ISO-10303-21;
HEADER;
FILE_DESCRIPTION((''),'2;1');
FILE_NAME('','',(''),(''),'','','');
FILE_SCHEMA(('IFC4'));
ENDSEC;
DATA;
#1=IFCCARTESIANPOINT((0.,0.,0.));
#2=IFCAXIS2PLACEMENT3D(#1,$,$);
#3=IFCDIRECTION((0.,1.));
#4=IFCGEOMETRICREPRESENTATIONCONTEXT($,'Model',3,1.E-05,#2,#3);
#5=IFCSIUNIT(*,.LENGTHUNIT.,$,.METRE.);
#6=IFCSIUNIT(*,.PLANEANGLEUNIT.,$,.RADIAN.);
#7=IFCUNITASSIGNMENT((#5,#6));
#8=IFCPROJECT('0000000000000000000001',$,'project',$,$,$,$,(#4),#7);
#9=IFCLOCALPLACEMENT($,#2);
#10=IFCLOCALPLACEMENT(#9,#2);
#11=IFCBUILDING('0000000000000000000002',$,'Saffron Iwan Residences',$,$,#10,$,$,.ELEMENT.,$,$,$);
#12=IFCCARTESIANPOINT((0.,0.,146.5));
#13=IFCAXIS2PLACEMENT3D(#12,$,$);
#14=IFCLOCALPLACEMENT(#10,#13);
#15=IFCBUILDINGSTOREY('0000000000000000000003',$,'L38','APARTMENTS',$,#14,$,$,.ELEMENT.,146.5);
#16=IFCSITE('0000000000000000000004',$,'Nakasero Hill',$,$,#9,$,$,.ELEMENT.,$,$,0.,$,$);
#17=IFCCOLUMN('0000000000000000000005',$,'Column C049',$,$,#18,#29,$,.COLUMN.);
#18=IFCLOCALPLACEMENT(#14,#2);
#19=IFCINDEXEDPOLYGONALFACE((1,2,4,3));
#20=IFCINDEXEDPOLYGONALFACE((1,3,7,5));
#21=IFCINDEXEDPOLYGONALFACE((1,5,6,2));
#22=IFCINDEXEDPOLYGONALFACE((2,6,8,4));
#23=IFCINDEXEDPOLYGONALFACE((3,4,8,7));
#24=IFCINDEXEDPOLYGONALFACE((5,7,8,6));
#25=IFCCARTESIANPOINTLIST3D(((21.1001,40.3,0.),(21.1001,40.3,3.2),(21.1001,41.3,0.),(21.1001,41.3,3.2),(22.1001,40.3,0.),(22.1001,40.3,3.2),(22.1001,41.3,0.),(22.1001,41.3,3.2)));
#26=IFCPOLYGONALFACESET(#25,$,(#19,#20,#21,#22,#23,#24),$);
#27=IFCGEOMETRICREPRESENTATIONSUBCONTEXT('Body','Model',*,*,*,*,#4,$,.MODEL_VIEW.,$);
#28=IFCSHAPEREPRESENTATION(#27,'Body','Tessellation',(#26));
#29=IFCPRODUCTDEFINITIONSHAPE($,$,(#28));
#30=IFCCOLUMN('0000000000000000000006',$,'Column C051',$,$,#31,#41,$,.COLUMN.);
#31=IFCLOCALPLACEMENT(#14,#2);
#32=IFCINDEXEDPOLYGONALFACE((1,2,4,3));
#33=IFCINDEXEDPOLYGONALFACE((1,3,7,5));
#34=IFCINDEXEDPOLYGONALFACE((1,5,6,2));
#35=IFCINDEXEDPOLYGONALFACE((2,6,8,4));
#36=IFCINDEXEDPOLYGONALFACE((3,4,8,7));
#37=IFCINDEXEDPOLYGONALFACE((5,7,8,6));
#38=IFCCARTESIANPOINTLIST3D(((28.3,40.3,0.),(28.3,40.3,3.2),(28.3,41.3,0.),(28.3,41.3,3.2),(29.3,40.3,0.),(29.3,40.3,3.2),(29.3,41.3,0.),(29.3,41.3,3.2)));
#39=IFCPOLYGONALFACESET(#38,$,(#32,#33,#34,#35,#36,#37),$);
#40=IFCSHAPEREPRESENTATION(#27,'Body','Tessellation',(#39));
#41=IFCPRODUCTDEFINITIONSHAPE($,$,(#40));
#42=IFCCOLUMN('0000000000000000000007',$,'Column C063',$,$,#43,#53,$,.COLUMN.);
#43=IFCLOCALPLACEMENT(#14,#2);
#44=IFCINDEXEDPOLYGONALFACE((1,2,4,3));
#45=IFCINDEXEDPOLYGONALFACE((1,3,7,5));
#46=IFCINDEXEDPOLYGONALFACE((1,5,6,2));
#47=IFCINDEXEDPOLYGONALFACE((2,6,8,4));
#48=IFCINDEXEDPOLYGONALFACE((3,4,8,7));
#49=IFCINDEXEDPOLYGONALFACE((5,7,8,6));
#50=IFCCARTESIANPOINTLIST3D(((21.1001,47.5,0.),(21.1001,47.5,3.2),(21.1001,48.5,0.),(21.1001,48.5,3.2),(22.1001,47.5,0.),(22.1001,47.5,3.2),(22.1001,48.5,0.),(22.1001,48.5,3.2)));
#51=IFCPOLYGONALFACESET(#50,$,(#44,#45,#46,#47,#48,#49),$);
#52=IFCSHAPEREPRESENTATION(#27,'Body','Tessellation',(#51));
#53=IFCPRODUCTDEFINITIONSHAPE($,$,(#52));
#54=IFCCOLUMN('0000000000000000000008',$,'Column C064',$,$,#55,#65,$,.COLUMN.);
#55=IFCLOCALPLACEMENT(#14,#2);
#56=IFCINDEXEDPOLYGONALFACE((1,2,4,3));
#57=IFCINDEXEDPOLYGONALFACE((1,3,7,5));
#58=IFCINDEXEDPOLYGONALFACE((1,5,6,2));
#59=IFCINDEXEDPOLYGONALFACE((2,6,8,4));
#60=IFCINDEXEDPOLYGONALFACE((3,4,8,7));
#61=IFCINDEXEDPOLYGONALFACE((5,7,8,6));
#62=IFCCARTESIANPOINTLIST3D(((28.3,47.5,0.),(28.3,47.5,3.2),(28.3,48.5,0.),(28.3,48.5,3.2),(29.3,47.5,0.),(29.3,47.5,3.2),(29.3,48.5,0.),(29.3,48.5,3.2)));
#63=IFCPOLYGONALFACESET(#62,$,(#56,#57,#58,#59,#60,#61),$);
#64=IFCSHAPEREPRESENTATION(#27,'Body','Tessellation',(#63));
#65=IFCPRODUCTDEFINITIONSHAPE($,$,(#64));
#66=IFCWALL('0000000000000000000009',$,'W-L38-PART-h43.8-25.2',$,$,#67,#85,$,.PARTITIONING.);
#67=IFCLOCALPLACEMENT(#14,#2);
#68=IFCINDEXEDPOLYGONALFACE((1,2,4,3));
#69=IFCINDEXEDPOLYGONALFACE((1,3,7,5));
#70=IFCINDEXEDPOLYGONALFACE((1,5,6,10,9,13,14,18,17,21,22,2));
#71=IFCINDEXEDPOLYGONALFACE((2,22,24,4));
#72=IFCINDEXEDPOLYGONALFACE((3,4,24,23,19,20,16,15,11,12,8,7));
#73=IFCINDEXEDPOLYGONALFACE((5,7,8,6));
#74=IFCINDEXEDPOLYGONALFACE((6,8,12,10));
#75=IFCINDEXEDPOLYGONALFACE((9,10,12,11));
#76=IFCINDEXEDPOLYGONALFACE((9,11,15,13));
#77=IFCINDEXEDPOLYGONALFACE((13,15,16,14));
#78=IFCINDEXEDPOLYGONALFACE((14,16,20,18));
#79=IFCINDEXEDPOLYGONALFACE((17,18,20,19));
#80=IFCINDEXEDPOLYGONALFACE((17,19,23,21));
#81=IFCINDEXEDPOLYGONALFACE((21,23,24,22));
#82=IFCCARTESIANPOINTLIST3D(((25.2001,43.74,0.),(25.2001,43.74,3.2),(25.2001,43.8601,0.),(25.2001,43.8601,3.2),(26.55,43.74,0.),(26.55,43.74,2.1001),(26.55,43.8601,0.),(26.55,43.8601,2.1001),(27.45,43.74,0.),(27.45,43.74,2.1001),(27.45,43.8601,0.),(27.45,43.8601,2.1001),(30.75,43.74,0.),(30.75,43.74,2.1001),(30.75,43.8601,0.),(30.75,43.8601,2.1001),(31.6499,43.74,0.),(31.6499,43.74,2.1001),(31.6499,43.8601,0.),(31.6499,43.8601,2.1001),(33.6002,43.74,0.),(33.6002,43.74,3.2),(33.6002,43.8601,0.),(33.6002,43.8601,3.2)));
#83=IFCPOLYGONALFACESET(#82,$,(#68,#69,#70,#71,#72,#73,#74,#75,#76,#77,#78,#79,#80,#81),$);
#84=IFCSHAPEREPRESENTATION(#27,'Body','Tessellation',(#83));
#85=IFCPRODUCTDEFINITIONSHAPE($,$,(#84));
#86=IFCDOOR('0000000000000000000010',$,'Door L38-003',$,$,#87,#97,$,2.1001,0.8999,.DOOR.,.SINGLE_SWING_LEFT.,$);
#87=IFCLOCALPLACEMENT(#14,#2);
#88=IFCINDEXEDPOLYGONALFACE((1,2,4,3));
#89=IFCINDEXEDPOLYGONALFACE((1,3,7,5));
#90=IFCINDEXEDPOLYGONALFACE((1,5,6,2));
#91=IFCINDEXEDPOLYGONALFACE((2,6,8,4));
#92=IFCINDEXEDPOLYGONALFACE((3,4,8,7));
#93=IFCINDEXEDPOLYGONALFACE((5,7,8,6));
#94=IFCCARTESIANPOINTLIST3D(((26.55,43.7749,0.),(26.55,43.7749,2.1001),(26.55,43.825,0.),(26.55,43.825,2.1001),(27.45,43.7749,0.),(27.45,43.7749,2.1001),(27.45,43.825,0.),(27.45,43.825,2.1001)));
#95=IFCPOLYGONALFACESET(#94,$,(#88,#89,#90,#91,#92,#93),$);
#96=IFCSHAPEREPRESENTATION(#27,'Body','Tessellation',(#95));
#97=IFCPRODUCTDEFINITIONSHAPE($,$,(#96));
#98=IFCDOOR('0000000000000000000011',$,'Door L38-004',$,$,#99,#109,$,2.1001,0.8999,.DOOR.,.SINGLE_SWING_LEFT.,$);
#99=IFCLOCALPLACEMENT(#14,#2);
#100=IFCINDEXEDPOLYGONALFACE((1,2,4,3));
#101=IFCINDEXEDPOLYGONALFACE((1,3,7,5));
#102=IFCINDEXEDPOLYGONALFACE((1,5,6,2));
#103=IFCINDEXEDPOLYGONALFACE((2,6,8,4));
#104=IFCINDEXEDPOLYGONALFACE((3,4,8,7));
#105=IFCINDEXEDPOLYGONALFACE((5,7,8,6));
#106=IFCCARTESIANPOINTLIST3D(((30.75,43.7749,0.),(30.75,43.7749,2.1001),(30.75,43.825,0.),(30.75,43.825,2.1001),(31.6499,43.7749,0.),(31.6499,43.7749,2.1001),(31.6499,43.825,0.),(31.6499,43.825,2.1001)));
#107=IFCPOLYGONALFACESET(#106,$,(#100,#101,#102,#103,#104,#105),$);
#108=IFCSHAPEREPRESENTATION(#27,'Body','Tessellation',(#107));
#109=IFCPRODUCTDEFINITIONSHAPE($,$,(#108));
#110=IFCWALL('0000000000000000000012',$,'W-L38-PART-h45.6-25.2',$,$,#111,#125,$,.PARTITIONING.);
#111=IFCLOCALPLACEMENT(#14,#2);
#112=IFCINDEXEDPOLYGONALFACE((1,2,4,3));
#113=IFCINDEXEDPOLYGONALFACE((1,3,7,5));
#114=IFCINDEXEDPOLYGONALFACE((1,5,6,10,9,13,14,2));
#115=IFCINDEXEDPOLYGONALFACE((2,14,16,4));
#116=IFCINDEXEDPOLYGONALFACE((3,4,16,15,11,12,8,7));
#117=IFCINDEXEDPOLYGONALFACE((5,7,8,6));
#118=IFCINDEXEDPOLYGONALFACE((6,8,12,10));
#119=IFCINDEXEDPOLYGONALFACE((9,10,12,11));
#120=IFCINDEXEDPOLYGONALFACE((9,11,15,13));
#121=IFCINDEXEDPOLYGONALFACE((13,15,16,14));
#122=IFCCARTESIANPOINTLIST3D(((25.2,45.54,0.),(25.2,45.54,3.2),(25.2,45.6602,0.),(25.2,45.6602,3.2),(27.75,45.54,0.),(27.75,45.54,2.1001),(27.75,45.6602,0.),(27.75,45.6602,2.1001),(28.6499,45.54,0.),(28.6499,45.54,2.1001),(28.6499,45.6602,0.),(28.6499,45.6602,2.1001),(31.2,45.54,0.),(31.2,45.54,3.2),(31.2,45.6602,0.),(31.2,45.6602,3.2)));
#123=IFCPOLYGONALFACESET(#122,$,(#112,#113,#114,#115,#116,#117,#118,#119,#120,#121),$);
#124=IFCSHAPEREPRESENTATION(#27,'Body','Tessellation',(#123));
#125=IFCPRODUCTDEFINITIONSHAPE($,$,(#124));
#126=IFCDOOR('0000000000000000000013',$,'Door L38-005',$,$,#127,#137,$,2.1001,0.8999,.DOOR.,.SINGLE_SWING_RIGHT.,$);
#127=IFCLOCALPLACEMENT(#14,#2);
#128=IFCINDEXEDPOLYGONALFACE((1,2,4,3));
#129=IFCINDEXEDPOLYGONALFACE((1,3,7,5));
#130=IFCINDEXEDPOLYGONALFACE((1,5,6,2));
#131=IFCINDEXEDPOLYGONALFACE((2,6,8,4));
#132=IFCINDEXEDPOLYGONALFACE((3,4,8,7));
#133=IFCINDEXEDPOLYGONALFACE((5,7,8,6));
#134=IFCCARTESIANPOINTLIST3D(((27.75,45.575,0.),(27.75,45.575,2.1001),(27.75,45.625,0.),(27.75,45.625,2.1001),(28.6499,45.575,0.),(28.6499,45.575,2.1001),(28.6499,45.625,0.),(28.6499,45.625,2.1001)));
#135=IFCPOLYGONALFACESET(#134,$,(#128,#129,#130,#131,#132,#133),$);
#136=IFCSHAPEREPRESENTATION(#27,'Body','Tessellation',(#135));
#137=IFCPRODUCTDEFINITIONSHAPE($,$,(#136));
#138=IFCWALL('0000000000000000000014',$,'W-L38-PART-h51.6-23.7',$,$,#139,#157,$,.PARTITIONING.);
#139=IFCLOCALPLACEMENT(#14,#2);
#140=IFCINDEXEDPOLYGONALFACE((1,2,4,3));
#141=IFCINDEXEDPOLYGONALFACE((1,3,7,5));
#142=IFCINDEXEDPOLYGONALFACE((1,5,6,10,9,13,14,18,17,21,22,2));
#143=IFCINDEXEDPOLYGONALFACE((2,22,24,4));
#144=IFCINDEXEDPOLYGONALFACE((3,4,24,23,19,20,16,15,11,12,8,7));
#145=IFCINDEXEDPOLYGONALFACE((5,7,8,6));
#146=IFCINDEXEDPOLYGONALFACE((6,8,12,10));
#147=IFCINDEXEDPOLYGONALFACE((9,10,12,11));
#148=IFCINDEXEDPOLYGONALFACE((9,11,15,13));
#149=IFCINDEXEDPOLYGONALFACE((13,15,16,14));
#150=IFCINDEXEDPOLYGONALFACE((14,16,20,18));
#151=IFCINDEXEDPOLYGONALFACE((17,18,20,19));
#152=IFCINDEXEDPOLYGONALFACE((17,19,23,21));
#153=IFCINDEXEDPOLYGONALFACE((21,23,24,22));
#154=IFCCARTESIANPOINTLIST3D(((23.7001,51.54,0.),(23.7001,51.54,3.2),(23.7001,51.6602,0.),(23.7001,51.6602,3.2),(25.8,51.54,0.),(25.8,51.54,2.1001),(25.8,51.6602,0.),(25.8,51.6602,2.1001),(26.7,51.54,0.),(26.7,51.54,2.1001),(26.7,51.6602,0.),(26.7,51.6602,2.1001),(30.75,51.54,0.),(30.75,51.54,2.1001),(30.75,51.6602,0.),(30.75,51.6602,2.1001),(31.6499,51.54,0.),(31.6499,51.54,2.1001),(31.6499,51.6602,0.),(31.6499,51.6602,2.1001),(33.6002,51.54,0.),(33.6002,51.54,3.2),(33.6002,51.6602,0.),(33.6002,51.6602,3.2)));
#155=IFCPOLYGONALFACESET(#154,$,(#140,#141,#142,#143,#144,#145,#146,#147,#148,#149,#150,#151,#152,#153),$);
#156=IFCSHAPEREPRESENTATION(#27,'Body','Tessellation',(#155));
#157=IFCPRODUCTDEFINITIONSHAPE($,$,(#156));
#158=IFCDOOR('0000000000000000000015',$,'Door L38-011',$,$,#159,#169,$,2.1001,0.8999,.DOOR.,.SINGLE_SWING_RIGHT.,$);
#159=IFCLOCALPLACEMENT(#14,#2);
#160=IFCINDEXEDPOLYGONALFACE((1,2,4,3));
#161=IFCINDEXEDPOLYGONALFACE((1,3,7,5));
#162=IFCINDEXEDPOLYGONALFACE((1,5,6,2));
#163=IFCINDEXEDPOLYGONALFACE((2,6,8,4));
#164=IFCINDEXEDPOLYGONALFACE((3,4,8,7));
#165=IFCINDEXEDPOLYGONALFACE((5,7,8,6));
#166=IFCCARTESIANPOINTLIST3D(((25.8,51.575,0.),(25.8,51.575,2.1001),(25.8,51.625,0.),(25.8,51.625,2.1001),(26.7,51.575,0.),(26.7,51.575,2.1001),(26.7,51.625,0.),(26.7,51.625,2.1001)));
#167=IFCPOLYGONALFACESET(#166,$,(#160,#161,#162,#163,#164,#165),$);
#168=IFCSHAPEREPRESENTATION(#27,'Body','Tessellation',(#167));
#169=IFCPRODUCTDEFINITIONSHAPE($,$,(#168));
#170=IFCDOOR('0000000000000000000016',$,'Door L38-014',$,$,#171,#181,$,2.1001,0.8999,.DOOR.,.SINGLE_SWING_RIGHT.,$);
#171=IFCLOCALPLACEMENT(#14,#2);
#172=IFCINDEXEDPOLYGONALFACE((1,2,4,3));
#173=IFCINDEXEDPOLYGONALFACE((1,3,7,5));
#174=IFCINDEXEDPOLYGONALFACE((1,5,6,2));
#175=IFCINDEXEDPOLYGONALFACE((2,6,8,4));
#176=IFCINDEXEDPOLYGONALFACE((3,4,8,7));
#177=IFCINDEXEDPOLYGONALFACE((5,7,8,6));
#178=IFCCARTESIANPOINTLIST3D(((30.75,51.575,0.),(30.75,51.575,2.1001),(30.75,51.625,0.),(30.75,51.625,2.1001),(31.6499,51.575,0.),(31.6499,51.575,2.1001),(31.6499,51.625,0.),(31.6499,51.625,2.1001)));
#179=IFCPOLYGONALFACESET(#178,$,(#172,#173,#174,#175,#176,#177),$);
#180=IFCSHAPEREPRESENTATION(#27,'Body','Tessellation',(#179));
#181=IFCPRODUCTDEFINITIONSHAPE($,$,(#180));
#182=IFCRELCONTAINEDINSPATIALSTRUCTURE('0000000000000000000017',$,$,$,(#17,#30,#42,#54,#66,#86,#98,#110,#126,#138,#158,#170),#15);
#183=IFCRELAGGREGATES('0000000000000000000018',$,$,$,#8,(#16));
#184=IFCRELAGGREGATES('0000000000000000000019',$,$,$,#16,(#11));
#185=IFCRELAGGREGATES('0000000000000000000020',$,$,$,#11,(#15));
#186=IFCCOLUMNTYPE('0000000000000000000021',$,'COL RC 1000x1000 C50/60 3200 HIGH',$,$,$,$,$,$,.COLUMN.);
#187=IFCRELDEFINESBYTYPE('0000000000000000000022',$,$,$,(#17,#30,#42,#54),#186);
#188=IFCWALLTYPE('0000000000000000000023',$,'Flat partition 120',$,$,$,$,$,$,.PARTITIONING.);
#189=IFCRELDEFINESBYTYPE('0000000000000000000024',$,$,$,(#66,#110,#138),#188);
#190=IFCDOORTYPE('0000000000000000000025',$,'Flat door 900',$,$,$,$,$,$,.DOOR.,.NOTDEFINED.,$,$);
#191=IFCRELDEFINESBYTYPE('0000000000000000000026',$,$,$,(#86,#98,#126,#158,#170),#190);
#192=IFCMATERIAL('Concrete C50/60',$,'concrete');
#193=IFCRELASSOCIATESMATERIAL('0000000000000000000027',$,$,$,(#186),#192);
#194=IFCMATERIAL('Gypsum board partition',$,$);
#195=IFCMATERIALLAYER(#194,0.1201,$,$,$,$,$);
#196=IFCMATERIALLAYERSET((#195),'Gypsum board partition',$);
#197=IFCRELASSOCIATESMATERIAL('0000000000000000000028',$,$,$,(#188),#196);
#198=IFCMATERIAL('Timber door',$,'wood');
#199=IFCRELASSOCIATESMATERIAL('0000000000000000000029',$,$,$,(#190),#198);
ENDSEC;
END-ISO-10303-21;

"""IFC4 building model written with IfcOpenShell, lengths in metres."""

from ifc_helpers import new_model, si_unit, direction, frame, frame_2d, origin, origin_2d, place, context, subcontext, project, spatial, rectangle, extrude, source, transform, mapped, material, layer, layer_set, material_profile, profile_set, type_object, element, fill, save


model = new_model("IFC4")

# Units and contexts
model_context = context("Model", 3, precision=1e-05, world=origin(), true_north=direction((0.0, 1.0)))
body_context = subcontext(model_context, "Body", "Model", "MODEL_VIEW")
ifc_project = project(units=[si_unit("LENGTHUNIT", "METRE"), si_unit("PLANEANGLEUNIT", "RADIAN")], contexts=[model_context])

# Site, building, storey
site_placement = place(None, origin())
site = spatial("IfcSite", under=ifc_project, at=site_placement, Name="Nakasero Hill", CompositionType="ELEMENT", RefElevation=0.0)
building_placement = place(site_placement, origin())
building = spatial("IfcBuilding", under=site, at=building_placement, Name="Saffron Iwan Residences", CompositionType="ELEMENT")
storey_placement = place(building_placement, frame((0.0, 0.0, 146.5)))
storey = spatial("IfcBuildingStorey", under=building, at=storey_placement, Name="L38", Description="APARTMENTS", CompositionType="ELEMENT", Elevation=146.5)

# Columns
ifc_material_1 = material(Name="Concrete C50/60", Category="concrete")
ifc_material_profile = material_profile(ifc_material_1, rectangle(XDim=1.0, YDim=1.0, at=origin_2d()), Name="RC 1000x1000")
ifc_profile_set = profile_set([ifc_material_profile], Name="Concrete C50/60")
column_type = type_object("IfcColumnType", Name="COL RC 1000x1000 C50/60 3200 HIGH", PredefinedType="COLUMN", material=ifc_profile_set)
shared_shape = source(origin(), body_context, "Body", "SweptSolid", [
    extrude(rectangle(XDim=1.0, YDim=1.0, at=origin_2d()), origin(), (0.0, 0.0, 1.0), 3.2),
])
for number, where, z_axis, x_axis, name in (
    (1, (21.6001, 40.8, 0.0), (0.0, 0.0, 1.0), (1.0, 0.0, 0.0), "Column C049"),
    (2, (28.8, 40.8, 0.0), (0.0, 0.0, 1.0), (1.0, 0.0, 0.0), "Column C051"),
    (3, (21.6001, 48.0, 0.0), (0.0, 0.0, 1.0), (1.0, 0.0, 0.0), "Column C063"),
    (4, (28.8, 48.0, 0.0), (0.0, 0.0, 1.0), (1.0, 0.0, 0.0), "Column C064"),
):
    element("IfcColumn", number, at=place(storey_placement, frame(where, z_axis=z_axis, x_axis=x_axis)), inside=storey, type_object=column_type, Name=name, PredefinedType="COLUMN", context=body_context, shape_type="MappedRepresentation", body=[
        mapped(shared_shape, transform((0.0, 0.0, 0.0))),
    ])

# Wall, openings, doors
ifc_material_2 = material(Name="Gypsum board partition")
ifc_layer = layer(ifc_material_2, 0.1201)
ifc_layer_set = layer_set([ifc_layer], Name="Gypsum board partition")
wall_type = type_object("IfcWallType", Name="Flat partition 120", PredefinedType="PARTITIONING", material=ifc_layer_set)
wall_1_placement = place(storey_placement, frame((25.2, 43.8, 0.0), z_axis=(0.0, 0.0, 1.0), x_axis=(1.0, 0.0, 0.0)))
wall_1 = element("IfcWall", 5, at=wall_1_placement, inside=storey, type_object=wall_type, Name="W-L38-PART-h43.8-25.2", PredefinedType="PARTITIONING", context=body_context, shape_type="SweptSolid", body=[
    extrude(rectangle(XDim=8.4001, YDim=0.1201, at=frame_2d((4.2002, 0.0))), origin(), (0.0, 0.0, 1.0), 3.2),
])
opening_1_placement = place(wall_1_placement, frame((1.3501, 0.0, 0.0)))
opening_1 = element("IfcOpeningElement", 6, at=opening_1_placement, cuts=wall_1, PredefinedType="OPENING", context=body_context, shape_type="SweptSolid", body=[
    extrude(rectangle(XDim=0.8999, YDim=2.1001, at=frame_2d((0.45, 1.05))), frame((0.0, 0.0701, 0.0), z_axis=(0.0, -1.0, 0.0), x_axis=(1.0, 0.0, 0.0)), (0.0, 0.0, 1.0), 0.1401),
])
opening_2_placement = place(wall_1_placement, frame((5.55, 0.0, 0.0)))
opening_2 = element("IfcOpeningElement", 7, at=opening_2_placement, cuts=wall_1, PredefinedType="OPENING", context=body_context, shape_type="SweptSolid", body=[
    extrude(rectangle(XDim=0.8999, YDim=2.1001, at=frame_2d((0.45, 1.05))), frame((0.0, 0.0701, 0.0), z_axis=(0.0, -1.0, 0.0), x_axis=(1.0, 0.0, 0.0)), (0.0, 0.0, 1.0), 0.1401),
])
ifc_material_3 = material(Name="Timber door", Category="wood")
door_type_1 = type_object("IfcDoorType", Name="Flat door 900", OperationType="NOTDEFINED", PredefinedType="DOOR", material=ifc_material_3)
door_1_placement = place(opening_1_placement, origin())
door_1 = element("IfcDoor", 8, at=door_1_placement, inside=storey, type_object=door_type_1, Name="Door L38-003", OperationType="SINGLE_SWING_LEFT", OverallHeight=2.1001, OverallWidth=0.8999, PredefinedType="DOOR", context=body_context, shape_type="SweptSolid", body=[
    extrude(rectangle(XDim=0.8999, YDim=2.1001, at=frame_2d((0.45, 1.05))), frame((0.0, 0.0249, 0.0), z_axis=(0.0, -1.0, 0.0), x_axis=(1.0, 0.0, 0.0)), (0.0, 0.0, 1.0), 0.05),
])
fill(opening_1, door_1)
door_2_placement = place(opening_2_placement, origin())
door_2 = element("IfcDoor", 9, at=door_2_placement, inside=storey, type_object=door_type_1, Name="Door L38-004", OperationType="SINGLE_SWING_LEFT", OverallHeight=2.1001, OverallWidth=0.8999, PredefinedType="DOOR", context=body_context, shape_type="SweptSolid", body=[
    extrude(rectangle(XDim=0.8999, YDim=2.1001, at=frame_2d((0.45, 1.05))), frame((0.0, 0.0249, 0.0), z_axis=(0.0, -1.0, 0.0), x_axis=(1.0, 0.0, 0.0)), (0.0, 0.0, 1.0), 0.05),
])
fill(opening_2, door_2)

# Wall, opening, door
wall_2_placement = place(storey_placement, frame((25.2, 45.6001, 0.0), z_axis=(0.0, 0.0, 1.0), x_axis=(1.0, 0.0, 0.0)))
wall_2 = element("IfcWall", 10, at=wall_2_placement, inside=storey, type_object=wall_type, Name="W-L38-PART-h45.6-25.2", PredefinedType="PARTITIONING", context=body_context, shape_type="SweptSolid", body=[
    extrude(rectangle(XDim=6.0, YDim=0.1201, at=frame_2d((3.0, 0.0))), origin(), (0.0, 0.0, 1.0), 3.2),
])
opening_3_placement = place(wall_2_placement, frame((2.55, 0.0, 0.0)))
opening_3 = element("IfcOpeningElement", 11, at=opening_3_placement, cuts=wall_2, PredefinedType="OPENING", context=body_context, shape_type="SweptSolid", body=[
    extrude(rectangle(XDim=0.8999, YDim=2.1001, at=frame_2d((0.45, 1.05))), frame((0.0, 0.0701, 0.0), z_axis=(0.0, -1.0, 0.0), x_axis=(1.0, 0.0, 0.0)), (0.0, 0.0, 1.0), 0.1401),
])
door_3_placement = place(opening_3_placement, origin())
door_3 = element("IfcDoor", 12, at=door_3_placement, inside=storey, type_object=door_type_1, Name="Door L38-005", OperationType="SINGLE_SWING_RIGHT", OverallHeight=2.1001, OverallWidth=0.8999, PredefinedType="DOOR", context=body_context, shape_type="SweptSolid", body=[
    extrude(rectangle(XDim=0.8999, YDim=2.1001, at=frame_2d((0.45, 1.05))), frame((0.0, 0.0249, 0.0), z_axis=(0.0, -1.0, 0.0), x_axis=(1.0, 0.0, 0.0)), (0.0, 0.0, 1.0), 0.05),
])
fill(opening_3, door_3)

# Wall, openings, doors
wall_3_placement = place(storey_placement, frame((23.7, 51.6001, 0.0), z_axis=(0.0, 0.0, 1.0), x_axis=(1.0, 0.0, 0.0)))
wall_3 = element("IfcWall", 13, at=wall_3_placement, inside=storey, type_object=wall_type, Name="W-L38-PART-h51.6-23.7", PredefinedType="PARTITIONING", context=body_context, shape_type="SweptSolid", body=[
    extrude(rectangle(XDim=9.9001, YDim=0.1201, at=frame_2d((4.9502, 0.0))), origin(), (0.0, 0.0, 1.0), 3.2),
])
opening_4_placement = place(wall_3_placement, frame((2.1001, 0.0, 0.0)))
opening_4 = element("IfcOpeningElement", 14, at=opening_4_placement, cuts=wall_3, PredefinedType="OPENING", context=body_context, shape_type="SweptSolid", body=[
    extrude(rectangle(XDim=0.8999, YDim=2.1001, at=frame_2d((0.45, 1.05))), frame((0.0, 0.0701, 0.0), z_axis=(0.0, -1.0, 0.0), x_axis=(1.0, 0.0, 0.0)), (0.0, 0.0, 1.0), 0.1401),
])
opening_5_placement = place(wall_3_placement, frame((7.05, 0.0, 0.0)))
opening_5 = element("IfcOpeningElement", 15, at=opening_5_placement, cuts=wall_3, PredefinedType="OPENING", context=body_context, shape_type="SweptSolid", body=[
    extrude(rectangle(XDim=0.8999, YDim=2.1001, at=frame_2d((0.45, 1.05))), frame((0.0, 0.0701, 0.0), z_axis=(0.0, -1.0, 0.0), x_axis=(1.0, 0.0, 0.0)), (0.0, 0.0, 1.0), 0.1401),
])
door_4_placement = place(opening_4_placement, origin())
door_4 = element("IfcDoor", 16, at=door_4_placement, inside=storey, type_object=door_type_1, Name="Door L38-011", OperationType="SINGLE_SWING_RIGHT", OverallHeight=2.1001, OverallWidth=0.8999, PredefinedType="DOOR", context=body_context, shape_type="SweptSolid", body=[
    extrude(rectangle(XDim=0.8999, YDim=2.1001, at=frame_2d((0.45, 1.05))), frame((0.0, 0.0249, 0.0), z_axis=(0.0, -1.0, 0.0), x_axis=(1.0, 0.0, 0.0)), (0.0, 0.0, 1.0), 0.05),
])
fill(opening_4, door_4)
door_5_placement = place(opening_5_placement, origin())
door_5 = element("IfcDoor", 17, at=door_5_placement, inside=storey, type_object=door_type_1, Name="Door L38-014", OperationType="SINGLE_SWING_RIGHT", OverallHeight=2.1001, OverallWidth=0.8999, PredefinedType="DOOR", context=body_context, shape_type="SweptSolid", body=[
    extrude(rectangle(XDim=0.8999, YDim=2.1001, at=frame_2d((0.45, 1.05))), frame((0.0, 0.0249, 0.0), z_axis=(0.0, -1.0, 0.0), x_axis=(1.0, 0.0, 0.0)), (0.0, 0.0, 1.0), 0.05),
])
fill(opening_5, door_5)

save(model, "model.ifc")
